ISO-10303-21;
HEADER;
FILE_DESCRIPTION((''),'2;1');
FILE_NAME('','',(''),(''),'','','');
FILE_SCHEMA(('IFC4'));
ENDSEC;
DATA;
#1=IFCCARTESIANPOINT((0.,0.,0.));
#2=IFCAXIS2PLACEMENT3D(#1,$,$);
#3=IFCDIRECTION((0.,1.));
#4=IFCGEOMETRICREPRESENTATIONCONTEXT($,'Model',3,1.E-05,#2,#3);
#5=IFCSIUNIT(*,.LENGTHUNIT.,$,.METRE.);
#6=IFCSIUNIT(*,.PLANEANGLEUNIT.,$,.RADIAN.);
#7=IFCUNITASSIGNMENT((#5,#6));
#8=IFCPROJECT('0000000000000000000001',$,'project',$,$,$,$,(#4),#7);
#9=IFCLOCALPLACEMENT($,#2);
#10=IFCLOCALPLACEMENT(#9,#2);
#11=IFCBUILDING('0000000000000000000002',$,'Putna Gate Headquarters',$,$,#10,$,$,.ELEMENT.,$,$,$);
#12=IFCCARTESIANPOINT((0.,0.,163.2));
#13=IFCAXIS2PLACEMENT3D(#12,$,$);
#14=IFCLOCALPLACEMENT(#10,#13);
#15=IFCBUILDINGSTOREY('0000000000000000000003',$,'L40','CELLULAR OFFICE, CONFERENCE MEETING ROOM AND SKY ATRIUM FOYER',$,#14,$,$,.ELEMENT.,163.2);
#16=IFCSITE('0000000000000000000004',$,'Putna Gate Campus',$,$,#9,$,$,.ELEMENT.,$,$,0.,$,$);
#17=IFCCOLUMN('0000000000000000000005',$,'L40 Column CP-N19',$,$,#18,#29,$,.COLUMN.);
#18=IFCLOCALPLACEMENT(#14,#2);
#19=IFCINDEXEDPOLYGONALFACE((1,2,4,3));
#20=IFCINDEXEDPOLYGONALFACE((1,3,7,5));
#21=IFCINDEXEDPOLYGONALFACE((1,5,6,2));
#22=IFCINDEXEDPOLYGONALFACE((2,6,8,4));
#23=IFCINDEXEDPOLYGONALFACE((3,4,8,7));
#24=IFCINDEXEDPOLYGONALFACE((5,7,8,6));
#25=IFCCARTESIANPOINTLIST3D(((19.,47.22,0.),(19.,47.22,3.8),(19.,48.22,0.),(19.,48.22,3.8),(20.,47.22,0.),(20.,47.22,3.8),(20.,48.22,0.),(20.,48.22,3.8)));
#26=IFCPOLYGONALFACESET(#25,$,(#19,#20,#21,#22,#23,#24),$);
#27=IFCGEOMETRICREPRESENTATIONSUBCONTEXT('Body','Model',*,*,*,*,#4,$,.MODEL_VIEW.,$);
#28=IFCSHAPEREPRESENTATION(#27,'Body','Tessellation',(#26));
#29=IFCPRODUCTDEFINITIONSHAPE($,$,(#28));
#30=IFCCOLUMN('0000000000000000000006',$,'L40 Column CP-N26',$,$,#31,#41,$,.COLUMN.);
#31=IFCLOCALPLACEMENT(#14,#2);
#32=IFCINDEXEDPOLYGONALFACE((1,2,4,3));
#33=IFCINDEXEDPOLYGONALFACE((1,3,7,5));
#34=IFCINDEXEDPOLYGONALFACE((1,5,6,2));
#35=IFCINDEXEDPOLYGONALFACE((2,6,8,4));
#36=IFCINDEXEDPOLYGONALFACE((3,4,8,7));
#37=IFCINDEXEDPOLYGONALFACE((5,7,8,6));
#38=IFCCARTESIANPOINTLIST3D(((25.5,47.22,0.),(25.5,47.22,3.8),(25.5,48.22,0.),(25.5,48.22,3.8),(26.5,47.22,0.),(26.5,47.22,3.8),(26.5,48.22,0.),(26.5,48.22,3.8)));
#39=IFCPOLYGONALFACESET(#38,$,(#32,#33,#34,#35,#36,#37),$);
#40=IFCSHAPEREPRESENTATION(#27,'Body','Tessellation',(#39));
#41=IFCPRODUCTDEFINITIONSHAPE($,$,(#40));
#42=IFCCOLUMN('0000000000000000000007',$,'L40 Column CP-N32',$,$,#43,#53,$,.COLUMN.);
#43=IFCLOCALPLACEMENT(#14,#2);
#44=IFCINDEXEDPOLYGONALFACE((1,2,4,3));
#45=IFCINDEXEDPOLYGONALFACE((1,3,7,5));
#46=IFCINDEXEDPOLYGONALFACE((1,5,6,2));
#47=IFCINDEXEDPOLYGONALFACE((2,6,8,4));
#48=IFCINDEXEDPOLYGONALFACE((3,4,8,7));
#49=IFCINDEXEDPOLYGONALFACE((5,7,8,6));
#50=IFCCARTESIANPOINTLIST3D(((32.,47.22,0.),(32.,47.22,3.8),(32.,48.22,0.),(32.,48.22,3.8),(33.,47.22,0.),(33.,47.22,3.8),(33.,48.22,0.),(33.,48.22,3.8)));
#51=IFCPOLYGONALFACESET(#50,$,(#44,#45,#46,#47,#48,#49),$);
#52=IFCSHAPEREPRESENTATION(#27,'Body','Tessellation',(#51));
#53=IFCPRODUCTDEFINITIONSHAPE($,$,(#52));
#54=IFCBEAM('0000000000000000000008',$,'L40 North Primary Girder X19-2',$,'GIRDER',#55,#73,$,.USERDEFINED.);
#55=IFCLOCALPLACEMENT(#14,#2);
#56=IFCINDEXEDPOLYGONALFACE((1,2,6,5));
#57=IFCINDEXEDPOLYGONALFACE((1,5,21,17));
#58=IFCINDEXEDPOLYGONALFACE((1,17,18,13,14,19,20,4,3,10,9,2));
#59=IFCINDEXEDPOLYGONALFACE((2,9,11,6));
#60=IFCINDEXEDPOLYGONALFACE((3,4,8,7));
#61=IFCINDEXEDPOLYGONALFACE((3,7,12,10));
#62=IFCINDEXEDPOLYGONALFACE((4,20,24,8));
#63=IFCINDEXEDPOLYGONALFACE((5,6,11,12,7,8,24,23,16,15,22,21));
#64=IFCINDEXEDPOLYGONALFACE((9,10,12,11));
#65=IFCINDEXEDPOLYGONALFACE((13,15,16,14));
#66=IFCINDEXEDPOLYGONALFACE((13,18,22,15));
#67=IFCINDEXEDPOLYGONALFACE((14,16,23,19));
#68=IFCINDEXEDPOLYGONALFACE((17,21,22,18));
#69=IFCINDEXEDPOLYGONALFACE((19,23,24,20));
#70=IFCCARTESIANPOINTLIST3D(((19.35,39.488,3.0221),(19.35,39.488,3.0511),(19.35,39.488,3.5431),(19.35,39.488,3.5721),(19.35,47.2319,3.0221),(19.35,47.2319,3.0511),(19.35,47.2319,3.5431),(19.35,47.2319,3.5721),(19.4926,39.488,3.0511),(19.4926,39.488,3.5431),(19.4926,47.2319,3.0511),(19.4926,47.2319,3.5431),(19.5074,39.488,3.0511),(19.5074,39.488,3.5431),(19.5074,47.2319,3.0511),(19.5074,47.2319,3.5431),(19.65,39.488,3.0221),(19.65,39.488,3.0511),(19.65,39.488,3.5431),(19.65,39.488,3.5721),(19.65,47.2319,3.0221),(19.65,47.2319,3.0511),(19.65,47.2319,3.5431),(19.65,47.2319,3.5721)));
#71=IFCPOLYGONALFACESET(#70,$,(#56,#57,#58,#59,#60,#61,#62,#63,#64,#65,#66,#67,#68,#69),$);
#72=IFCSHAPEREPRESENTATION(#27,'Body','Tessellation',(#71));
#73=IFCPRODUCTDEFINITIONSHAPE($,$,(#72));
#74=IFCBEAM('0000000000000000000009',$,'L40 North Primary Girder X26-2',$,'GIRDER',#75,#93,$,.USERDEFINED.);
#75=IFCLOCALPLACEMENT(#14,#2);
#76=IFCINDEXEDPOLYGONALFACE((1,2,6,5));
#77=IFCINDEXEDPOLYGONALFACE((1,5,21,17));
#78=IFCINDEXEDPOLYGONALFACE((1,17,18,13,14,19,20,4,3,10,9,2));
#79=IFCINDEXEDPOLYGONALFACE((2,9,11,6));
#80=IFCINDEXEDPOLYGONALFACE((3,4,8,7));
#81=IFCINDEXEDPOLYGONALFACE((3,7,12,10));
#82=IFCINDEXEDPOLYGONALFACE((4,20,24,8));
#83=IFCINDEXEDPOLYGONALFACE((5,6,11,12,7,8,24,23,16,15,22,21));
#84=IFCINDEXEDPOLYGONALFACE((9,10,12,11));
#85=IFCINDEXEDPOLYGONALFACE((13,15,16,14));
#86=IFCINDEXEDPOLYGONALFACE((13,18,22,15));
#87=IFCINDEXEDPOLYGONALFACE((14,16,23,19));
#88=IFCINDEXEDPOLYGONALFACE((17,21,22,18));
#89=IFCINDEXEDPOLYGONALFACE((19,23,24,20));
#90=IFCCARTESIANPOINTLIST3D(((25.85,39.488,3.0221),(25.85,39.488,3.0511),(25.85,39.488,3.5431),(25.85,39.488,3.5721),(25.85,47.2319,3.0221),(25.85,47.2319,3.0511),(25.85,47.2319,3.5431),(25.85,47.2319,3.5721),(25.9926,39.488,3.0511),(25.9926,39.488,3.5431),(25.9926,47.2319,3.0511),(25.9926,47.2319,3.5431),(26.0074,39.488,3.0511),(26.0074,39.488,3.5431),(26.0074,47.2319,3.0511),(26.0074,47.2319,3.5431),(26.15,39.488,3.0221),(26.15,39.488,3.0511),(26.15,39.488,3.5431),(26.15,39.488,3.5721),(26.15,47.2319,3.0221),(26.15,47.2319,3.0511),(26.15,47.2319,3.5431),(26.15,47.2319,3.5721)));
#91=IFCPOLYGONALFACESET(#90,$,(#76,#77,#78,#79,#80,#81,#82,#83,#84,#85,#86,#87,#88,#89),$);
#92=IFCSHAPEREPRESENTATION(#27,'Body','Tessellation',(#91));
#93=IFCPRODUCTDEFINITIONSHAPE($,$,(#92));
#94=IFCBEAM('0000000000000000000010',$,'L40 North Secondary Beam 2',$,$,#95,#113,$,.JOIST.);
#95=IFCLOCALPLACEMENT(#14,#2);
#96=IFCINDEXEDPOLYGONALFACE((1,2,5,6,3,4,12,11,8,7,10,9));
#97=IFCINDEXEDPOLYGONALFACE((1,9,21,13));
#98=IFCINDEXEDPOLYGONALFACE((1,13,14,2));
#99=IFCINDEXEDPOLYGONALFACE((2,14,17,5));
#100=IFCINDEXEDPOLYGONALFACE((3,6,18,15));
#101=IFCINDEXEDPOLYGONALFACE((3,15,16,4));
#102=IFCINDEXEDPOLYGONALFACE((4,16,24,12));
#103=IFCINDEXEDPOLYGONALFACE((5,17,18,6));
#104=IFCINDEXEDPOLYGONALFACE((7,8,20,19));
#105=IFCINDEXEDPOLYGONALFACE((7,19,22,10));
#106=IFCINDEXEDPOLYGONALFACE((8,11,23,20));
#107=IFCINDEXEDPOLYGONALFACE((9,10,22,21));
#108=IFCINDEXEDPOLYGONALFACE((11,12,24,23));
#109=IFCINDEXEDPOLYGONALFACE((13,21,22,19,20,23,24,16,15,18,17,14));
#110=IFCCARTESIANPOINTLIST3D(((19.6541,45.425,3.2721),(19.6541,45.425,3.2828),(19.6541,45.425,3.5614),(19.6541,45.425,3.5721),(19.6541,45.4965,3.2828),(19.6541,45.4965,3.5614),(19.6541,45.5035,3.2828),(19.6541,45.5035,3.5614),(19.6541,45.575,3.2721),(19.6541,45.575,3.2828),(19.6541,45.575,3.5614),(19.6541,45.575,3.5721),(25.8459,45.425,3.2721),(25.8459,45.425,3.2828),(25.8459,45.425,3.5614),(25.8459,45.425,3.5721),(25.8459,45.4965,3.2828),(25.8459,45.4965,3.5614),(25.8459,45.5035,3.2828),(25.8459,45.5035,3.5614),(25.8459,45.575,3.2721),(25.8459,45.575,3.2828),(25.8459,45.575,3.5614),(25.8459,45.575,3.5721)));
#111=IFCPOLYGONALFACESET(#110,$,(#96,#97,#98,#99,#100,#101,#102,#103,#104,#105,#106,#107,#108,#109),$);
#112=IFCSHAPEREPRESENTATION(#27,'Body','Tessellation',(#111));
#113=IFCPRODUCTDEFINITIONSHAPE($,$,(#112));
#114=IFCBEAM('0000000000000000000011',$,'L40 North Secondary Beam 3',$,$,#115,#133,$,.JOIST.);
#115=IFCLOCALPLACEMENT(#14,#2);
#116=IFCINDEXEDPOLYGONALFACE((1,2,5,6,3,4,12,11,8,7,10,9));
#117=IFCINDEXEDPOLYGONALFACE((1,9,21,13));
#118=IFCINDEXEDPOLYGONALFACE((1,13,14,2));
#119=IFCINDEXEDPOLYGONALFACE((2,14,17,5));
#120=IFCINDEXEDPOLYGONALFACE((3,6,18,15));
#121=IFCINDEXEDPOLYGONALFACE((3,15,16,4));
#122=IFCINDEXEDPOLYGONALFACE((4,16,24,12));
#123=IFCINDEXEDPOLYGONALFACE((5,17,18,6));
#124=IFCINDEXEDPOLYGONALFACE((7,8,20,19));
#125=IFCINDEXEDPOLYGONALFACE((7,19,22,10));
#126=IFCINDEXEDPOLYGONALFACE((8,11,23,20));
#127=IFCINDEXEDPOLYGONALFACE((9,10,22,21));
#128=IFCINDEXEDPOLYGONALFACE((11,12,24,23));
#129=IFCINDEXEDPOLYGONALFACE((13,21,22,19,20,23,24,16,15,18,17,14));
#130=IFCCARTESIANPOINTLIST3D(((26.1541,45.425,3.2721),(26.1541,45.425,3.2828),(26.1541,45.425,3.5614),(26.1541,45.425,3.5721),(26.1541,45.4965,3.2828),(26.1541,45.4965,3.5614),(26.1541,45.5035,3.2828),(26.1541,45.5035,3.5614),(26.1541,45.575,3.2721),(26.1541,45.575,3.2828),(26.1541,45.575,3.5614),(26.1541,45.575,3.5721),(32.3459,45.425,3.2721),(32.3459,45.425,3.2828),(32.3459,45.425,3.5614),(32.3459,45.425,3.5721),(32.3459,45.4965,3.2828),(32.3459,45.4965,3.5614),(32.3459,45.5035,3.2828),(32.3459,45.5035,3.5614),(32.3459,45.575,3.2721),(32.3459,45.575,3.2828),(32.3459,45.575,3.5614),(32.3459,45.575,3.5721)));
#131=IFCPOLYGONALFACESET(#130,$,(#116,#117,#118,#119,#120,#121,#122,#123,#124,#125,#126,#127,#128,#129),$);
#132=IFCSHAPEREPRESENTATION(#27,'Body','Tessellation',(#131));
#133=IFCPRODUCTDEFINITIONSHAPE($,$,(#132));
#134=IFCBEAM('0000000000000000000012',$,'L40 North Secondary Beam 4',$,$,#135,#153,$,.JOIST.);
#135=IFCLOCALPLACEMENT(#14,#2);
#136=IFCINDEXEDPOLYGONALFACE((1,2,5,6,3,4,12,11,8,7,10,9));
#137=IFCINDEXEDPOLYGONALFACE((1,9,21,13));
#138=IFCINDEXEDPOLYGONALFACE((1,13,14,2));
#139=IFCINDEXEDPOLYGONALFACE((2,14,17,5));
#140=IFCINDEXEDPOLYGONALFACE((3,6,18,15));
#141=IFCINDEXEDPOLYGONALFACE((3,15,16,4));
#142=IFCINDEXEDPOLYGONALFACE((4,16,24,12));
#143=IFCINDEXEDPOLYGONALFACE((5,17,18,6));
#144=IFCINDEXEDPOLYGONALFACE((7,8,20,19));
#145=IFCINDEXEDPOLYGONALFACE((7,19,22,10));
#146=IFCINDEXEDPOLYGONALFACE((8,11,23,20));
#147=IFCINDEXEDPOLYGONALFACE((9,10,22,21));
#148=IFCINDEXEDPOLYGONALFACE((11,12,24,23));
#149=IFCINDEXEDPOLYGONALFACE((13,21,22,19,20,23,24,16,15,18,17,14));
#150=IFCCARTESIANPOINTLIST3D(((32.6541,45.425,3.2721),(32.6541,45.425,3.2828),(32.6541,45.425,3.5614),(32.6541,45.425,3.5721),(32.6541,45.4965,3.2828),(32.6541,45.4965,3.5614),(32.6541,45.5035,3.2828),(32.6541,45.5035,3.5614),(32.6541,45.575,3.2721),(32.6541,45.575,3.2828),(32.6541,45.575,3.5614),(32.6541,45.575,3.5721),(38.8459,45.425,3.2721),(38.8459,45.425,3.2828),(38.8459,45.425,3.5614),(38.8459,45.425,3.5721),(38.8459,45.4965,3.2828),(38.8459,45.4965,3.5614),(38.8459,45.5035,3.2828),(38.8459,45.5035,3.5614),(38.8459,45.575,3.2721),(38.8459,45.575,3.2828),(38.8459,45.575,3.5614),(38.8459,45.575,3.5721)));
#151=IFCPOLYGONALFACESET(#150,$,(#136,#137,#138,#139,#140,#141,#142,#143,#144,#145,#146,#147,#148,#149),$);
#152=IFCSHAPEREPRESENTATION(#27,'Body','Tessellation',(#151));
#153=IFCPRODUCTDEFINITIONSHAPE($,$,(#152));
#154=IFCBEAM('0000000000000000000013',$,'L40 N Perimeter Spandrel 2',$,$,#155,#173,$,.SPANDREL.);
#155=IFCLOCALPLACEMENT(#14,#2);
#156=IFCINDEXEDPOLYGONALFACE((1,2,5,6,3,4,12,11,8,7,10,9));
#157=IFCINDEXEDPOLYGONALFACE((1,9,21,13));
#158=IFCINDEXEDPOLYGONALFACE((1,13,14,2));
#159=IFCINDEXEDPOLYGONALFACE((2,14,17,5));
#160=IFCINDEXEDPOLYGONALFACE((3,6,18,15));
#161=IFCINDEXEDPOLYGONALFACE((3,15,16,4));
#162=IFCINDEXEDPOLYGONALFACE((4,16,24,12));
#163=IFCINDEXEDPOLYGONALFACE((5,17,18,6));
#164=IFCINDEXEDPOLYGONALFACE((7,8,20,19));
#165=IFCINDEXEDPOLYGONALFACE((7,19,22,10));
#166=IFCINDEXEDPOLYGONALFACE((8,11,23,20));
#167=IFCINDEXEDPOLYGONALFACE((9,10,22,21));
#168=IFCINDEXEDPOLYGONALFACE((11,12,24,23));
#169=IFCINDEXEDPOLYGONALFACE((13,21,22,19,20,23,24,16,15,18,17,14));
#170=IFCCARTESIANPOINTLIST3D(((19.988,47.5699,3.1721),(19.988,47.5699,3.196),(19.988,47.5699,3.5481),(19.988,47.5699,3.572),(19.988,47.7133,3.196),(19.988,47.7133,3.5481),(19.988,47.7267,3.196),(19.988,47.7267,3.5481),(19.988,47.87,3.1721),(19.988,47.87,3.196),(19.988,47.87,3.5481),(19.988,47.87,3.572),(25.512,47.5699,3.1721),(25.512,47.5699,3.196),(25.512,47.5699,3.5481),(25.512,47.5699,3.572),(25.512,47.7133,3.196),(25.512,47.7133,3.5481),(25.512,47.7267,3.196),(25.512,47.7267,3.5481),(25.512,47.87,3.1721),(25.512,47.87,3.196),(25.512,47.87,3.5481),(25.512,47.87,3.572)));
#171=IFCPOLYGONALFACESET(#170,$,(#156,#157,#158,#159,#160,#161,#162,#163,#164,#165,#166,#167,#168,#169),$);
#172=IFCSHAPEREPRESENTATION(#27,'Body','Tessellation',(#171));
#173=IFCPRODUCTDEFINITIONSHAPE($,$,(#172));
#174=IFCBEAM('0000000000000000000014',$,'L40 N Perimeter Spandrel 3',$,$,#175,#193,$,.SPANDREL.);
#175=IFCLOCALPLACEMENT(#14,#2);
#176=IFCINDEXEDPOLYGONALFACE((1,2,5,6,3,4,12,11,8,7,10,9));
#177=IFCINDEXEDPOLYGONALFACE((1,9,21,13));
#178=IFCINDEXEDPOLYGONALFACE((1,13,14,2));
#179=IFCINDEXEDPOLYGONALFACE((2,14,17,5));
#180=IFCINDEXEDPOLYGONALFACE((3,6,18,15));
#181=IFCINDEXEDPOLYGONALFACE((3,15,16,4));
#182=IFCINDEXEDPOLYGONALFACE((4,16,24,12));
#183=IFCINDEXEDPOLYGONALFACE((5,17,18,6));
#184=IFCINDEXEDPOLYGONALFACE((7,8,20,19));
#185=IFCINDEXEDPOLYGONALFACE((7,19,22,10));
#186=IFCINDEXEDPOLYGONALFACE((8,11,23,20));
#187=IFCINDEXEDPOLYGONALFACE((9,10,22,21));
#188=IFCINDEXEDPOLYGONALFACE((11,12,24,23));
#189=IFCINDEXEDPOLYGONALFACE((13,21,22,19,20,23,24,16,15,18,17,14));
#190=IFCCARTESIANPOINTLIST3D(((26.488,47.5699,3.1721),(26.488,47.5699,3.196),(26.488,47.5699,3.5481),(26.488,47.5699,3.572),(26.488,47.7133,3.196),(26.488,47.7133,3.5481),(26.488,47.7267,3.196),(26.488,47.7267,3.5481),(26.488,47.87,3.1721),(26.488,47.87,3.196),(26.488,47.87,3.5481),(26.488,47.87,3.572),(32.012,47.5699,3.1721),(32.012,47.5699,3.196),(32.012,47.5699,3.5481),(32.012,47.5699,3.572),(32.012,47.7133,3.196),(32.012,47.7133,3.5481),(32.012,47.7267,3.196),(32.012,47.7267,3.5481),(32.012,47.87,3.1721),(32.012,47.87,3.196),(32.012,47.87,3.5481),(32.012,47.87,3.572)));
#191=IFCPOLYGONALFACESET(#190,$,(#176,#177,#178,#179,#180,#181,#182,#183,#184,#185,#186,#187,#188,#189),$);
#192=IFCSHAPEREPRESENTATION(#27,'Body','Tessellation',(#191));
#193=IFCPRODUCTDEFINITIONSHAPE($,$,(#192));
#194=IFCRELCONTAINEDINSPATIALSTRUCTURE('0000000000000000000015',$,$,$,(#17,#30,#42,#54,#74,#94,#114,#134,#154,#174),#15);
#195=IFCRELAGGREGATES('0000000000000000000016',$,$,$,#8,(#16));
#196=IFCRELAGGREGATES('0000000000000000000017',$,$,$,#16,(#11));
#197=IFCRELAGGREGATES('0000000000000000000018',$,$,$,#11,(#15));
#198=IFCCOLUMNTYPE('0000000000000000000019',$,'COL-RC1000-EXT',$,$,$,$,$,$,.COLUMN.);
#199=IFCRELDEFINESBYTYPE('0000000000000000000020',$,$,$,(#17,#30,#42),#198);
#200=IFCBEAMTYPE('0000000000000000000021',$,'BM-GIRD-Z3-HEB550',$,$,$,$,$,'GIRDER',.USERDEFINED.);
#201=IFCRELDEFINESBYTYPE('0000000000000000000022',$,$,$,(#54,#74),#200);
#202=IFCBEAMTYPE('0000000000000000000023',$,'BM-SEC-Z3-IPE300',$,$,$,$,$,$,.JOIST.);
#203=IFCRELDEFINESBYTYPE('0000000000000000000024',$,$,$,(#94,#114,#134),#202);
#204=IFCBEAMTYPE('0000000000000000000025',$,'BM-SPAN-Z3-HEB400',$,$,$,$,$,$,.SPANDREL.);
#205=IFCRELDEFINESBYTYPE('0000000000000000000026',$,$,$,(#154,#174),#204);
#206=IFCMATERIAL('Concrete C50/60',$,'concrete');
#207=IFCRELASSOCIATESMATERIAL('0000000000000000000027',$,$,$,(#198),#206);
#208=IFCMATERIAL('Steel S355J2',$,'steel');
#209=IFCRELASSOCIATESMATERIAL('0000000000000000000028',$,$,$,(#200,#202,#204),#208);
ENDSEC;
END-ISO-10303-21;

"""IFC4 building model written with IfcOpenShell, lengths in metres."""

from ifc_helpers import new_model, si_unit, direction, frame, origin, origin_2d, place, context, subcontext, project, spatial, rectangle, i_section, extrude, material, material_profile, profile_set, type_object, element, save


model = new_model("IFC4")

# Units and contexts
model_context = context("Model", 3, precision=1e-05, world=origin(), true_north=direction((0.0, 1.0)))
body_context = subcontext(model_context, "Body", "Model", "MODEL_VIEW")
ifc_project = project(units=[si_unit("LENGTHUNIT", "METRE"), si_unit("PLANEANGLEUNIT", "RADIAN")], contexts=[model_context])

# Site, building, storey
site_placement = place(None, origin())
site = spatial("IfcSite", under=ifc_project, at=site_placement, Name="Putna Gate Campus", CompositionType="ELEMENT", RefElevation=0.0)
building_placement = place(site_placement, origin())
building = spatial("IfcBuilding", under=site, at=building_placement, Name="Putna Gate Headquarters", CompositionType="ELEMENT")
storey_placement = place(building_placement, frame((0.0, 0.0, 163.2)))
storey = spatial("IfcBuildingStorey", under=building, at=storey_placement, Name="L40", Description="CELLULAR OFFICE, CONFERENCE MEETING ROOM AND SKY ATRIUM FOYER", CompositionType="ELEMENT", Elevation=163.2)

# Columns
ifc_material_1 = material(Name="Concrete C50/60", Category="concrete")
ifc_material_profile_1 = material_profile(ifc_material_1, rectangle(XDim=1.0, YDim=1.0, at=origin_2d()), Name="Concrete C50/60")
ifc_profile_set_1 = profile_set([ifc_material_profile_1], Name="Concrete C50/60")
column_type = type_object("IfcColumnType", Name="COL-RC1000-EXT", PredefinedType="COLUMN", material=ifc_profile_set_1)
for number, where, z_axis, x_axis, name in (
    (1, (19.5, 47.72, 0.0), (0.0, 0.0, 1.0), (1.0, 0.0, 0.0), "L40 Column CP-N19"),
    (2, (26.0, 47.72, 0.0), (0.0, 0.0, 1.0), (1.0, 0.0, 0.0), "L40 Column CP-N26"),
    (3, (32.5, 47.72, 0.0), (0.0, 0.0, 1.0), (1.0, 0.0, 0.0), "L40 Column CP-N32"),
):
    element("IfcColumn", number, at=place(storey_placement, frame(where, z_axis=z_axis, x_axis=x_axis)), inside=storey, type_object=column_type, Name=name, PredefinedType="COLUMN", context=body_context, shape_type="SweptSolid", body=[
        extrude(rectangle(XDim=1.0, YDim=1.0, at=origin_2d()), origin(), (0.0, 0.0, 1.0), 3.8),
    ])

# Beams
ifc_material_2 = material(Name="Steel S355J2", Category="steel")
ifc_material_profile_2 = material_profile(ifc_material_2, i_section(OverallWidth=0.3, OverallDepth=0.55, WebThickness=0.0149, FlangeThickness=0.0291, at=origin_2d()), Name="Steel S355J2")
ifc_profile_set_2 = profile_set([ifc_material_profile_2], Name="Steel S355J2")
beam_type_1 = type_object("IfcBeamType", Name="BM-GIRD-Z3-HEB550", ElementType="GIRDER", PredefinedType="USERDEFINED", material=ifc_profile_set_2)
for number, where, z_axis, x_axis, name in (
    (4, (19.5, 39.488, 3.2971), (0.0, 1.0, 0.0), (-1.0, 0.0, 0.0), "L40 North Primary Girder X19-2"),
    (5, (26.0, 39.488, 3.2971), (0.0, 1.0, 0.0), (-1.0, 0.0, 0.0), "L40 North Primary Girder X26-2"),
):
    element("IfcBeam", number, at=place(storey_placement, frame(where, z_axis=z_axis, x_axis=x_axis)), inside=storey, type_object=beam_type_1, Name=name, ObjectType="GIRDER", PredefinedType="USERDEFINED", context=body_context, shape_type="SweptSolid", body=[
        extrude(i_section(OverallWidth=0.3, OverallDepth=0.55, WebThickness=0.0149, FlangeThickness=0.0291, at=origin_2d()), origin(), (0.0, 0.0, 1.0), 7.7439),
    ])
ifc_material_profile_3 = material_profile(ifc_material_2, i_section(OverallWidth=0.1499, OverallDepth=0.3, WebThickness=0.0071, FlangeThickness=0.0107, at=origin_2d()), Name="Steel S355J2")
ifc_profile_set_3 = profile_set([ifc_material_profile_3], Name="Steel S355J2")
beam_type_2 = type_object("IfcBeamType", Name="BM-SEC-Z3-IPE300", PredefinedType="JOIST", material=ifc_profile_set_3)
for number, where, z_axis, x_axis, name in (
    (6, (19.6541, 45.5, 3.4221), (1.0, 0.0, 0.0), (0.0, 1.0, 0.0), "L40 North Secondary Beam 2"),
    (7, (26.1541, 45.5, 3.4221), (1.0, 0.0, 0.0), (0.0, 1.0, 0.0), "L40 North Secondary Beam 3"),
    (8, (32.6541, 45.5, 3.4221), (1.0, 0.0, 0.0), (0.0, 1.0, 0.0), "L40 North Secondary Beam 4"),
):
    element("IfcBeam", number, at=place(storey_placement, frame(where, z_axis=z_axis, x_axis=x_axis)), inside=storey, type_object=beam_type_2, Name=name, PredefinedType="JOIST", context=body_context, shape_type="SweptSolid", body=[
        extrude(i_section(OverallWidth=0.1499, OverallDepth=0.3, WebThickness=0.0071, FlangeThickness=0.0107, at=origin_2d()), origin(), (0.0, 0.0, 1.0), 6.1919),
    ])
ifc_material_profile_4 = material_profile(ifc_material_2, i_section(OverallWidth=0.3, OverallDepth=0.3999, WebThickness=0.0134, FlangeThickness=0.0239, at=origin_2d()), Name="Steel S355J2")
ifc_profile_set_4 = profile_set([ifc_material_profile_4], Name="Steel S355J2")
beam_type_3 = type_object("IfcBeamType", Name="BM-SPAN-Z3-HEB400", PredefinedType="SPANDREL", material=ifc_profile_set_4)
for number, where, z_axis, x_axis, name in (
    (9, (19.988, 47.72, 3.3721), (1.0, 0.0, 0.0), (0.0, 1.0, 0.0), "L40 N Perimeter Spandrel 2"),
    (10, (26.488, 47.72, 3.3721), (1.0, 0.0, 0.0), (0.0, 1.0, 0.0), "L40 N Perimeter Spandrel 3"),
):
    element("IfcBeam", number, at=place(storey_placement, frame(where, z_axis=z_axis, x_axis=x_axis)), inside=storey, type_object=beam_type_3, Name=name, PredefinedType="SPANDREL", context=body_context, shape_type="SweptSolid", body=[
        extrude(i_section(OverallWidth=0.3, OverallDepth=0.3999, WebThickness=0.0134, FlangeThickness=0.0239, at=origin_2d()), origin(), (0.0, 0.0, 1.0), 5.5239),
    ])

save(model, "model.ifc")
